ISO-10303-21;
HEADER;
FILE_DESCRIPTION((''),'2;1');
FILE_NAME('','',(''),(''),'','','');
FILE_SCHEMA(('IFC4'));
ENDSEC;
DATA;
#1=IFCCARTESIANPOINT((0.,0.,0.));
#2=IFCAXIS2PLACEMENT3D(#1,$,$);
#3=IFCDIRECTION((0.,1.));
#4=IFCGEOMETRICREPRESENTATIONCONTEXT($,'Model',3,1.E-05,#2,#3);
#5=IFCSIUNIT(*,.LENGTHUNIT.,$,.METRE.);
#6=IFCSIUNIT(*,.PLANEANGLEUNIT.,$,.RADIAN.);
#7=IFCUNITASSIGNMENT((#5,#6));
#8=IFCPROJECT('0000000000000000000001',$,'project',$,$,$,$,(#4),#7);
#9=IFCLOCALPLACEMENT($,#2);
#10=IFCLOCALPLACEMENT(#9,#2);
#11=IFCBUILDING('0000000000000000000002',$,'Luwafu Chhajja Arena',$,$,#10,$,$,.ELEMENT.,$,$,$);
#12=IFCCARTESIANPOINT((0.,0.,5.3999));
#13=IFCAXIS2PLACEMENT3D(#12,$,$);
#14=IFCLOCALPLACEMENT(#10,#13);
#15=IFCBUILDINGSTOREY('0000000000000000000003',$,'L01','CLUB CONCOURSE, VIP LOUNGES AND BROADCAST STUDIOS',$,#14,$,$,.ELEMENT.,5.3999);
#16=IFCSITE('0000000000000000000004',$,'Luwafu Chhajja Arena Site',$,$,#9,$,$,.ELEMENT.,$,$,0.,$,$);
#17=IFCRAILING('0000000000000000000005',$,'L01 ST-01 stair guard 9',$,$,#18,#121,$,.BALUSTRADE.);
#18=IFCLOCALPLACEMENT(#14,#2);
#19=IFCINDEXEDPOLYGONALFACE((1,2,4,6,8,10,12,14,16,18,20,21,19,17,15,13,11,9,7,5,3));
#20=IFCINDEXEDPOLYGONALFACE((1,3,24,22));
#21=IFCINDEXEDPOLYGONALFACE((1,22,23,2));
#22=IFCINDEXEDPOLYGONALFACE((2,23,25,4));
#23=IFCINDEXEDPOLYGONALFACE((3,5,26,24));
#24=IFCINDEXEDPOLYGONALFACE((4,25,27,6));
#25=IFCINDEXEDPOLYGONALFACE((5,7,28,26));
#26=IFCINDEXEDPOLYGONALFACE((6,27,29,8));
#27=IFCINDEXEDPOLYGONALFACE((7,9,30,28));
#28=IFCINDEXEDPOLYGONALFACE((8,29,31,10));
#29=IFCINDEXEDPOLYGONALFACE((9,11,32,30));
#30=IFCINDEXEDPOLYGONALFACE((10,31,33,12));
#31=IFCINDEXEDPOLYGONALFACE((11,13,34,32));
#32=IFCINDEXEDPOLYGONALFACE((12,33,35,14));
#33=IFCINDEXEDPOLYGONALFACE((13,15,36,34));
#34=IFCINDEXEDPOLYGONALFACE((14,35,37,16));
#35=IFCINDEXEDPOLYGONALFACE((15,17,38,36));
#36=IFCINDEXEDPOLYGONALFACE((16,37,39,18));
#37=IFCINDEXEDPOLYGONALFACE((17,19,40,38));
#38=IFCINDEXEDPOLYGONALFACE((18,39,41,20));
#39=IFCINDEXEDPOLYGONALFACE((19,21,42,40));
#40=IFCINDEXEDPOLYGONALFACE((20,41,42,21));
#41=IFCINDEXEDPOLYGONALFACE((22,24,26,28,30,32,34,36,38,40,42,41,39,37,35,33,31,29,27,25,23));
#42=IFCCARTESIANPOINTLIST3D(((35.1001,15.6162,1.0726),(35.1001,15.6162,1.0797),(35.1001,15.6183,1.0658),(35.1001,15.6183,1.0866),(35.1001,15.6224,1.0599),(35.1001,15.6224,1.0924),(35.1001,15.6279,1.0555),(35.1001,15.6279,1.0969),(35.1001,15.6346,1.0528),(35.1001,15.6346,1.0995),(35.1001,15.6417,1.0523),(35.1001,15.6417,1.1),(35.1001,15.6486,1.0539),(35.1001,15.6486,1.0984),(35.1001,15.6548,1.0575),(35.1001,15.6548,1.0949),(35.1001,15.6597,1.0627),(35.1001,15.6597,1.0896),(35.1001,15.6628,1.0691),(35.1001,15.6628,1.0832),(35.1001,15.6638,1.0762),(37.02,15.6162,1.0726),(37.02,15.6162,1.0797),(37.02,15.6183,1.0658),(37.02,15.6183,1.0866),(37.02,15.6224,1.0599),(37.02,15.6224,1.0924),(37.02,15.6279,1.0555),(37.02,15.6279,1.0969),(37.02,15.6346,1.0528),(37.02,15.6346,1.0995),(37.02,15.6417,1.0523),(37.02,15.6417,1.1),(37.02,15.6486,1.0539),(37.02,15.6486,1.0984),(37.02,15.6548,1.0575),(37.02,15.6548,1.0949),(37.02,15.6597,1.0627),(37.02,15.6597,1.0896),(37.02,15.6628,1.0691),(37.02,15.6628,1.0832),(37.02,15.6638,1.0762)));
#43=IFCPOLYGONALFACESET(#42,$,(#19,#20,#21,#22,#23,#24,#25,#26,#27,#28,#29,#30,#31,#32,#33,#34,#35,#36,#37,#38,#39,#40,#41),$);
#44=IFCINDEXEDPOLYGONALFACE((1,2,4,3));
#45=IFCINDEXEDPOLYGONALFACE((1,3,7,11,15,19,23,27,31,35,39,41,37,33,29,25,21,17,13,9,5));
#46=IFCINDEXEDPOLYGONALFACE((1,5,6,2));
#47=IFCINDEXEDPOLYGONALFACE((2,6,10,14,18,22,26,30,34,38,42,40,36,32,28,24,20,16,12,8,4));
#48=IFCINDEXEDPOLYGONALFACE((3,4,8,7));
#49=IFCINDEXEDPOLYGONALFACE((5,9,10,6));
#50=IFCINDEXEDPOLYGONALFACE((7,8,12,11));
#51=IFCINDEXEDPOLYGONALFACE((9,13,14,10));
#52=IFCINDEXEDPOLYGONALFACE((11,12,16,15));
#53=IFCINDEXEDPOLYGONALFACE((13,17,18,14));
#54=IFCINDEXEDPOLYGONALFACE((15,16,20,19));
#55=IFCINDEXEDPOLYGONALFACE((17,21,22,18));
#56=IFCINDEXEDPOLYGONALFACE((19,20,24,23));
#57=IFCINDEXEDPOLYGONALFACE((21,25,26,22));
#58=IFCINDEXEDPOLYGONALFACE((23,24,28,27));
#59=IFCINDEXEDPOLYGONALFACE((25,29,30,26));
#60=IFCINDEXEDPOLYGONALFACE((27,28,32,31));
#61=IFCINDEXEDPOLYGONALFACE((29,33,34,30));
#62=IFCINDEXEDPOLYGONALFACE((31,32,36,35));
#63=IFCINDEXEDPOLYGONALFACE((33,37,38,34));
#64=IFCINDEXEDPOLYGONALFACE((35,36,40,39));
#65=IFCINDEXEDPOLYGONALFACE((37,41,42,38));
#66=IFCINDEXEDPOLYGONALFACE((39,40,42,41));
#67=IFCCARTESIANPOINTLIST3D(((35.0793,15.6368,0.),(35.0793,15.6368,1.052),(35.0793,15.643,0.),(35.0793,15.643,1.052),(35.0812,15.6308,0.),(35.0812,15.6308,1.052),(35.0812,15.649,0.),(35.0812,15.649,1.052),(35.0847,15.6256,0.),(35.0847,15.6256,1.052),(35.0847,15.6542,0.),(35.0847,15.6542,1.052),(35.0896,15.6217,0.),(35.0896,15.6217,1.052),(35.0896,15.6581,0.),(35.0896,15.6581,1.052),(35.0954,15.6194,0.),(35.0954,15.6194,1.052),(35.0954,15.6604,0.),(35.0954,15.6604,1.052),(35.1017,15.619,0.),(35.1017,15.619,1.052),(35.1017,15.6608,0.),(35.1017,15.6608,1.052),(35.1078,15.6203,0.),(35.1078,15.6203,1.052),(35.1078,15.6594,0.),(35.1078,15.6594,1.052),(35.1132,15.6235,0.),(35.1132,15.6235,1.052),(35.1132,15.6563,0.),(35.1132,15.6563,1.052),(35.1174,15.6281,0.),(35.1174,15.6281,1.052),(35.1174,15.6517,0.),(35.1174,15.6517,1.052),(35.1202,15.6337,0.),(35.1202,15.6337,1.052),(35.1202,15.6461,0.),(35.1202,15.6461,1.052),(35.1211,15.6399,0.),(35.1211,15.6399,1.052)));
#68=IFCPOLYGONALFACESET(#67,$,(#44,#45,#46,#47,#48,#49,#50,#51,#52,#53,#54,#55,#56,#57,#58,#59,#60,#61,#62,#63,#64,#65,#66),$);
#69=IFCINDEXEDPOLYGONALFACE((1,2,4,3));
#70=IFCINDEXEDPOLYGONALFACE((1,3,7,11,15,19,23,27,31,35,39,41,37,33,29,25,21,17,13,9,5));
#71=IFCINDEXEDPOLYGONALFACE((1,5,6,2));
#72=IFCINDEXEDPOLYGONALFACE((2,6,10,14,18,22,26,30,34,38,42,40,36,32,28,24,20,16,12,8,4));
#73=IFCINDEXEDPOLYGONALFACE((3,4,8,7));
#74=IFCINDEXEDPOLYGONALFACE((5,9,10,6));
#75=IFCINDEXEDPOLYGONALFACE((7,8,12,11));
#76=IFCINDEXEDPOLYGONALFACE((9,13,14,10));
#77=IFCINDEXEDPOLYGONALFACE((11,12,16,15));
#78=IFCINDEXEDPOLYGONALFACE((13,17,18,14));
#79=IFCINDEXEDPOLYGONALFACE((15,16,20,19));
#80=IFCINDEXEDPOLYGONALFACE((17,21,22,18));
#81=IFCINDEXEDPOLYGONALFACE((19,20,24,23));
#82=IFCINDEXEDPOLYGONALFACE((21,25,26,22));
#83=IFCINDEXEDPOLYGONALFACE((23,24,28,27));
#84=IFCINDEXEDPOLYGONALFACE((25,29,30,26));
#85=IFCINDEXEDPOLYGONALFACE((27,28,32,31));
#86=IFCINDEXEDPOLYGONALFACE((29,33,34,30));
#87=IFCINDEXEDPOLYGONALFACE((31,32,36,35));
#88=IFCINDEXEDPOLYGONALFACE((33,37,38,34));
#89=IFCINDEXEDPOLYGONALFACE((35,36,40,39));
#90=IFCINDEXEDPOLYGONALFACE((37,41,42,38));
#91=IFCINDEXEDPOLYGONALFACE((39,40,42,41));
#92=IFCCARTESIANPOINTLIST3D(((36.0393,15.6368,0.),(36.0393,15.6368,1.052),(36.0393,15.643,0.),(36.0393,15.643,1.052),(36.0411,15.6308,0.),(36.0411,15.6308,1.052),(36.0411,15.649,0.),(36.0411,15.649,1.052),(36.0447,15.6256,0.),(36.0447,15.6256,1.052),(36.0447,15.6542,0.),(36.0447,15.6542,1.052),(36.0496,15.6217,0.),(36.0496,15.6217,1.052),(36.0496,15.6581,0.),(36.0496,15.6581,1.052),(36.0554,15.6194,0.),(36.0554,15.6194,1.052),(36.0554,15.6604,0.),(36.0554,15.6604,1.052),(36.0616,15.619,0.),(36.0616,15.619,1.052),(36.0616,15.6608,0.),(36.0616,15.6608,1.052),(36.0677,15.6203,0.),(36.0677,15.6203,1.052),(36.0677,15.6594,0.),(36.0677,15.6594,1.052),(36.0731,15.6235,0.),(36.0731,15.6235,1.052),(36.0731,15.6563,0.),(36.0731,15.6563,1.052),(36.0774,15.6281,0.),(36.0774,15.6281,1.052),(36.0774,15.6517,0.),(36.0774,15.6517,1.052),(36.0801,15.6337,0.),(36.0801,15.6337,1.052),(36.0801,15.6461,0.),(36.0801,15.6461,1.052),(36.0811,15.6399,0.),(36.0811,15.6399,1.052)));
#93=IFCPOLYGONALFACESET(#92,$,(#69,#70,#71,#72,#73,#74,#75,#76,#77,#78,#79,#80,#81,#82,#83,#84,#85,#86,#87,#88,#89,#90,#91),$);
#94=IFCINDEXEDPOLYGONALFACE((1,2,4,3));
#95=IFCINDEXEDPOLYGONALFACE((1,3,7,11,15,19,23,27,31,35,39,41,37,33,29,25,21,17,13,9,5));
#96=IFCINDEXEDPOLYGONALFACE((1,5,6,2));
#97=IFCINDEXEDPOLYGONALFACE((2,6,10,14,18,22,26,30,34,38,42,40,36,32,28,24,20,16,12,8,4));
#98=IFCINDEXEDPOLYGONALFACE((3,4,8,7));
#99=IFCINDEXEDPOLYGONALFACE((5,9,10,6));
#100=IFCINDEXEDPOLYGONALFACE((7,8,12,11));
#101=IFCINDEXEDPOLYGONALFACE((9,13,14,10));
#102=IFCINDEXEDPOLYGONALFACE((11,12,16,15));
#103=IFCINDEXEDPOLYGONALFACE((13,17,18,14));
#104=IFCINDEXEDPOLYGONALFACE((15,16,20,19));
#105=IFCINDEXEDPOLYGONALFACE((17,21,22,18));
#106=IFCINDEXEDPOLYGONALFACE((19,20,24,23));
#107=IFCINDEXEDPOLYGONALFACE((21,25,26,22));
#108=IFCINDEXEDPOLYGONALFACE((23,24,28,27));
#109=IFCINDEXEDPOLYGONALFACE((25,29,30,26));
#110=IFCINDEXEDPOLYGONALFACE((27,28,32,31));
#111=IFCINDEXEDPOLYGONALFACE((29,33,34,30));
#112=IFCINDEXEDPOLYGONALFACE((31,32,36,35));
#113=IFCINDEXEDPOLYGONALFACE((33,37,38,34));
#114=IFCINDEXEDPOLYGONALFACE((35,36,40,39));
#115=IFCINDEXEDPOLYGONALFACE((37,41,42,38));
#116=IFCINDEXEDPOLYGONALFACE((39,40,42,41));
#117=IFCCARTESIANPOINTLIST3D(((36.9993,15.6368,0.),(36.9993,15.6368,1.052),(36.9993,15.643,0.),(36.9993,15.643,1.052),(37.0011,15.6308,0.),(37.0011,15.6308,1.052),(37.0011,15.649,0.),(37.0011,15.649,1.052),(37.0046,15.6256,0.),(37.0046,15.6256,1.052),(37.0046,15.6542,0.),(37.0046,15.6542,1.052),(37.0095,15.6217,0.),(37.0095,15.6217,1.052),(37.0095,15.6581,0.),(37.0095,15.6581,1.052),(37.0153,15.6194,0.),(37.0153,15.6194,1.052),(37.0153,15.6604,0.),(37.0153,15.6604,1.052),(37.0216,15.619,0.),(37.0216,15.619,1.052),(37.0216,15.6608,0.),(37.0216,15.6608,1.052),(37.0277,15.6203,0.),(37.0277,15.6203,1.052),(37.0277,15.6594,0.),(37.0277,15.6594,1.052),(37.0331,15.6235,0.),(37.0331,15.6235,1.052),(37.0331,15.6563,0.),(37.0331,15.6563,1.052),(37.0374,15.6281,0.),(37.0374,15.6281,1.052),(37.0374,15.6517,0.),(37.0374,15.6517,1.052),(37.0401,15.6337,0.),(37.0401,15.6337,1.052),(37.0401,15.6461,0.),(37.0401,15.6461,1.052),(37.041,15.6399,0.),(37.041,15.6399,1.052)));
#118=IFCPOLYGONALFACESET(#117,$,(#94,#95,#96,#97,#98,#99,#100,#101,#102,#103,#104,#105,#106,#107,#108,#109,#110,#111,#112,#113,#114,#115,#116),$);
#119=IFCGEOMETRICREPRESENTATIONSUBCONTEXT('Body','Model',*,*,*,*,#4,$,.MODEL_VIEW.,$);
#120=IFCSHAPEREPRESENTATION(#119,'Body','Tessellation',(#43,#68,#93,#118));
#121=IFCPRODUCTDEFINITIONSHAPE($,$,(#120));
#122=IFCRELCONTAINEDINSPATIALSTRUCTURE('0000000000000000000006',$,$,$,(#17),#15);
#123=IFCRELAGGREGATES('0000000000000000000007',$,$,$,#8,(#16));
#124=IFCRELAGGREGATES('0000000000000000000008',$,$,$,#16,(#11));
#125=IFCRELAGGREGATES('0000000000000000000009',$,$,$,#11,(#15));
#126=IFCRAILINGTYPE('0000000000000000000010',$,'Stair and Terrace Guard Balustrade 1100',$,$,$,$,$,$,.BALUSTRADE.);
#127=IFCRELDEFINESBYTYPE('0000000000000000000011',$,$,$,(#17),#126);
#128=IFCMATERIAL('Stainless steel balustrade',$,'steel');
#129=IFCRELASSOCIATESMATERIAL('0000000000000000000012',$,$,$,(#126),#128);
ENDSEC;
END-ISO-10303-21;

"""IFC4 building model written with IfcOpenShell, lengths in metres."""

from ifc_helpers import new_model, si_unit, direction, frame, origin, origin_2d, place, context, subcontext, project, spatial, circle, extrude, material, type_object, element, save


model = new_model("IFC4")

# Units and contexts
model_context = context("Model", 3, precision=1e-05, world=origin(), true_north=direction((0.0, 1.0)))
body_context = subcontext(model_context, "Body", "Model", "MODEL_VIEW")
ifc_project = project(units=[si_unit("LENGTHUNIT", "METRE"), si_unit("PLANEANGLEUNIT", "RADIAN")], contexts=[model_context])

# Site, building, storey
site_placement = place(None, origin())
site = spatial("IfcSite", under=ifc_project, at=site_placement, Name="Luwafu Chhajja Arena Site", CompositionType="ELEMENT", RefElevation=0.0)
building_placement = place(site_placement, origin())
building = spatial("IfcBuilding", under=site, at=building_placement, Name="Luwafu Chhajja Arena", CompositionType="ELEMENT")
storey_placement = place(building_placement, frame((0.0, 0.0, 5.3999)))
storey = spatial("IfcBuildingStorey", under=building, at=storey_placement, Name="L01", Description="CLUB CONCOURSE, VIP LOUNGES AND BROADCAST STUDIOS", CompositionType="ELEMENT", Elevation=5.3999)

# Railing
ifc_material_1 = material(Name="Stainless steel balustrade", Category="steel")
railing_type_1 = type_object("IfcRailingType", Name="Stair and Terrace Guard Balustrade 1100", PredefinedType="BALUSTRADE", material=ifc_material_1)
railing_1_placement = place(storey_placement, frame((35.1001, 15.6399, 0.0)))
element("IfcRailing", 1, at=railing_1_placement, inside=storey, type_object=railing_type_1, Name="L01 ST-01 stair guard 9", PredefinedType="BALUSTRADE", context=body_context, shape_type="SweptSolid", body=[
    extrude(circle(Radius=0.0239, at=origin_2d()), frame((0.0, 0.0, 1.0762), z_axis=(1.0, 0.0, 0.0), x_axis=(0.0, 1.0, 0.0)), (0.0, 0.0, 1.0), 1.9199),
    extrude(circle(Radius=0.021, at=origin_2d()), origin(), (0.0, 0.0, 1.0), 1.052),
    extrude(circle(Radius=0.021, at=origin_2d()), frame((0.96, 0.0, 0.0)), (0.0, 0.0, 1.0), 1.052),
    extrude(circle(Radius=0.021, at=origin_2d()), frame((1.9199, 0.0, 0.0)), (0.0, 0.0, 1.0), 1.052),
])

save(model, "model.ifc")
